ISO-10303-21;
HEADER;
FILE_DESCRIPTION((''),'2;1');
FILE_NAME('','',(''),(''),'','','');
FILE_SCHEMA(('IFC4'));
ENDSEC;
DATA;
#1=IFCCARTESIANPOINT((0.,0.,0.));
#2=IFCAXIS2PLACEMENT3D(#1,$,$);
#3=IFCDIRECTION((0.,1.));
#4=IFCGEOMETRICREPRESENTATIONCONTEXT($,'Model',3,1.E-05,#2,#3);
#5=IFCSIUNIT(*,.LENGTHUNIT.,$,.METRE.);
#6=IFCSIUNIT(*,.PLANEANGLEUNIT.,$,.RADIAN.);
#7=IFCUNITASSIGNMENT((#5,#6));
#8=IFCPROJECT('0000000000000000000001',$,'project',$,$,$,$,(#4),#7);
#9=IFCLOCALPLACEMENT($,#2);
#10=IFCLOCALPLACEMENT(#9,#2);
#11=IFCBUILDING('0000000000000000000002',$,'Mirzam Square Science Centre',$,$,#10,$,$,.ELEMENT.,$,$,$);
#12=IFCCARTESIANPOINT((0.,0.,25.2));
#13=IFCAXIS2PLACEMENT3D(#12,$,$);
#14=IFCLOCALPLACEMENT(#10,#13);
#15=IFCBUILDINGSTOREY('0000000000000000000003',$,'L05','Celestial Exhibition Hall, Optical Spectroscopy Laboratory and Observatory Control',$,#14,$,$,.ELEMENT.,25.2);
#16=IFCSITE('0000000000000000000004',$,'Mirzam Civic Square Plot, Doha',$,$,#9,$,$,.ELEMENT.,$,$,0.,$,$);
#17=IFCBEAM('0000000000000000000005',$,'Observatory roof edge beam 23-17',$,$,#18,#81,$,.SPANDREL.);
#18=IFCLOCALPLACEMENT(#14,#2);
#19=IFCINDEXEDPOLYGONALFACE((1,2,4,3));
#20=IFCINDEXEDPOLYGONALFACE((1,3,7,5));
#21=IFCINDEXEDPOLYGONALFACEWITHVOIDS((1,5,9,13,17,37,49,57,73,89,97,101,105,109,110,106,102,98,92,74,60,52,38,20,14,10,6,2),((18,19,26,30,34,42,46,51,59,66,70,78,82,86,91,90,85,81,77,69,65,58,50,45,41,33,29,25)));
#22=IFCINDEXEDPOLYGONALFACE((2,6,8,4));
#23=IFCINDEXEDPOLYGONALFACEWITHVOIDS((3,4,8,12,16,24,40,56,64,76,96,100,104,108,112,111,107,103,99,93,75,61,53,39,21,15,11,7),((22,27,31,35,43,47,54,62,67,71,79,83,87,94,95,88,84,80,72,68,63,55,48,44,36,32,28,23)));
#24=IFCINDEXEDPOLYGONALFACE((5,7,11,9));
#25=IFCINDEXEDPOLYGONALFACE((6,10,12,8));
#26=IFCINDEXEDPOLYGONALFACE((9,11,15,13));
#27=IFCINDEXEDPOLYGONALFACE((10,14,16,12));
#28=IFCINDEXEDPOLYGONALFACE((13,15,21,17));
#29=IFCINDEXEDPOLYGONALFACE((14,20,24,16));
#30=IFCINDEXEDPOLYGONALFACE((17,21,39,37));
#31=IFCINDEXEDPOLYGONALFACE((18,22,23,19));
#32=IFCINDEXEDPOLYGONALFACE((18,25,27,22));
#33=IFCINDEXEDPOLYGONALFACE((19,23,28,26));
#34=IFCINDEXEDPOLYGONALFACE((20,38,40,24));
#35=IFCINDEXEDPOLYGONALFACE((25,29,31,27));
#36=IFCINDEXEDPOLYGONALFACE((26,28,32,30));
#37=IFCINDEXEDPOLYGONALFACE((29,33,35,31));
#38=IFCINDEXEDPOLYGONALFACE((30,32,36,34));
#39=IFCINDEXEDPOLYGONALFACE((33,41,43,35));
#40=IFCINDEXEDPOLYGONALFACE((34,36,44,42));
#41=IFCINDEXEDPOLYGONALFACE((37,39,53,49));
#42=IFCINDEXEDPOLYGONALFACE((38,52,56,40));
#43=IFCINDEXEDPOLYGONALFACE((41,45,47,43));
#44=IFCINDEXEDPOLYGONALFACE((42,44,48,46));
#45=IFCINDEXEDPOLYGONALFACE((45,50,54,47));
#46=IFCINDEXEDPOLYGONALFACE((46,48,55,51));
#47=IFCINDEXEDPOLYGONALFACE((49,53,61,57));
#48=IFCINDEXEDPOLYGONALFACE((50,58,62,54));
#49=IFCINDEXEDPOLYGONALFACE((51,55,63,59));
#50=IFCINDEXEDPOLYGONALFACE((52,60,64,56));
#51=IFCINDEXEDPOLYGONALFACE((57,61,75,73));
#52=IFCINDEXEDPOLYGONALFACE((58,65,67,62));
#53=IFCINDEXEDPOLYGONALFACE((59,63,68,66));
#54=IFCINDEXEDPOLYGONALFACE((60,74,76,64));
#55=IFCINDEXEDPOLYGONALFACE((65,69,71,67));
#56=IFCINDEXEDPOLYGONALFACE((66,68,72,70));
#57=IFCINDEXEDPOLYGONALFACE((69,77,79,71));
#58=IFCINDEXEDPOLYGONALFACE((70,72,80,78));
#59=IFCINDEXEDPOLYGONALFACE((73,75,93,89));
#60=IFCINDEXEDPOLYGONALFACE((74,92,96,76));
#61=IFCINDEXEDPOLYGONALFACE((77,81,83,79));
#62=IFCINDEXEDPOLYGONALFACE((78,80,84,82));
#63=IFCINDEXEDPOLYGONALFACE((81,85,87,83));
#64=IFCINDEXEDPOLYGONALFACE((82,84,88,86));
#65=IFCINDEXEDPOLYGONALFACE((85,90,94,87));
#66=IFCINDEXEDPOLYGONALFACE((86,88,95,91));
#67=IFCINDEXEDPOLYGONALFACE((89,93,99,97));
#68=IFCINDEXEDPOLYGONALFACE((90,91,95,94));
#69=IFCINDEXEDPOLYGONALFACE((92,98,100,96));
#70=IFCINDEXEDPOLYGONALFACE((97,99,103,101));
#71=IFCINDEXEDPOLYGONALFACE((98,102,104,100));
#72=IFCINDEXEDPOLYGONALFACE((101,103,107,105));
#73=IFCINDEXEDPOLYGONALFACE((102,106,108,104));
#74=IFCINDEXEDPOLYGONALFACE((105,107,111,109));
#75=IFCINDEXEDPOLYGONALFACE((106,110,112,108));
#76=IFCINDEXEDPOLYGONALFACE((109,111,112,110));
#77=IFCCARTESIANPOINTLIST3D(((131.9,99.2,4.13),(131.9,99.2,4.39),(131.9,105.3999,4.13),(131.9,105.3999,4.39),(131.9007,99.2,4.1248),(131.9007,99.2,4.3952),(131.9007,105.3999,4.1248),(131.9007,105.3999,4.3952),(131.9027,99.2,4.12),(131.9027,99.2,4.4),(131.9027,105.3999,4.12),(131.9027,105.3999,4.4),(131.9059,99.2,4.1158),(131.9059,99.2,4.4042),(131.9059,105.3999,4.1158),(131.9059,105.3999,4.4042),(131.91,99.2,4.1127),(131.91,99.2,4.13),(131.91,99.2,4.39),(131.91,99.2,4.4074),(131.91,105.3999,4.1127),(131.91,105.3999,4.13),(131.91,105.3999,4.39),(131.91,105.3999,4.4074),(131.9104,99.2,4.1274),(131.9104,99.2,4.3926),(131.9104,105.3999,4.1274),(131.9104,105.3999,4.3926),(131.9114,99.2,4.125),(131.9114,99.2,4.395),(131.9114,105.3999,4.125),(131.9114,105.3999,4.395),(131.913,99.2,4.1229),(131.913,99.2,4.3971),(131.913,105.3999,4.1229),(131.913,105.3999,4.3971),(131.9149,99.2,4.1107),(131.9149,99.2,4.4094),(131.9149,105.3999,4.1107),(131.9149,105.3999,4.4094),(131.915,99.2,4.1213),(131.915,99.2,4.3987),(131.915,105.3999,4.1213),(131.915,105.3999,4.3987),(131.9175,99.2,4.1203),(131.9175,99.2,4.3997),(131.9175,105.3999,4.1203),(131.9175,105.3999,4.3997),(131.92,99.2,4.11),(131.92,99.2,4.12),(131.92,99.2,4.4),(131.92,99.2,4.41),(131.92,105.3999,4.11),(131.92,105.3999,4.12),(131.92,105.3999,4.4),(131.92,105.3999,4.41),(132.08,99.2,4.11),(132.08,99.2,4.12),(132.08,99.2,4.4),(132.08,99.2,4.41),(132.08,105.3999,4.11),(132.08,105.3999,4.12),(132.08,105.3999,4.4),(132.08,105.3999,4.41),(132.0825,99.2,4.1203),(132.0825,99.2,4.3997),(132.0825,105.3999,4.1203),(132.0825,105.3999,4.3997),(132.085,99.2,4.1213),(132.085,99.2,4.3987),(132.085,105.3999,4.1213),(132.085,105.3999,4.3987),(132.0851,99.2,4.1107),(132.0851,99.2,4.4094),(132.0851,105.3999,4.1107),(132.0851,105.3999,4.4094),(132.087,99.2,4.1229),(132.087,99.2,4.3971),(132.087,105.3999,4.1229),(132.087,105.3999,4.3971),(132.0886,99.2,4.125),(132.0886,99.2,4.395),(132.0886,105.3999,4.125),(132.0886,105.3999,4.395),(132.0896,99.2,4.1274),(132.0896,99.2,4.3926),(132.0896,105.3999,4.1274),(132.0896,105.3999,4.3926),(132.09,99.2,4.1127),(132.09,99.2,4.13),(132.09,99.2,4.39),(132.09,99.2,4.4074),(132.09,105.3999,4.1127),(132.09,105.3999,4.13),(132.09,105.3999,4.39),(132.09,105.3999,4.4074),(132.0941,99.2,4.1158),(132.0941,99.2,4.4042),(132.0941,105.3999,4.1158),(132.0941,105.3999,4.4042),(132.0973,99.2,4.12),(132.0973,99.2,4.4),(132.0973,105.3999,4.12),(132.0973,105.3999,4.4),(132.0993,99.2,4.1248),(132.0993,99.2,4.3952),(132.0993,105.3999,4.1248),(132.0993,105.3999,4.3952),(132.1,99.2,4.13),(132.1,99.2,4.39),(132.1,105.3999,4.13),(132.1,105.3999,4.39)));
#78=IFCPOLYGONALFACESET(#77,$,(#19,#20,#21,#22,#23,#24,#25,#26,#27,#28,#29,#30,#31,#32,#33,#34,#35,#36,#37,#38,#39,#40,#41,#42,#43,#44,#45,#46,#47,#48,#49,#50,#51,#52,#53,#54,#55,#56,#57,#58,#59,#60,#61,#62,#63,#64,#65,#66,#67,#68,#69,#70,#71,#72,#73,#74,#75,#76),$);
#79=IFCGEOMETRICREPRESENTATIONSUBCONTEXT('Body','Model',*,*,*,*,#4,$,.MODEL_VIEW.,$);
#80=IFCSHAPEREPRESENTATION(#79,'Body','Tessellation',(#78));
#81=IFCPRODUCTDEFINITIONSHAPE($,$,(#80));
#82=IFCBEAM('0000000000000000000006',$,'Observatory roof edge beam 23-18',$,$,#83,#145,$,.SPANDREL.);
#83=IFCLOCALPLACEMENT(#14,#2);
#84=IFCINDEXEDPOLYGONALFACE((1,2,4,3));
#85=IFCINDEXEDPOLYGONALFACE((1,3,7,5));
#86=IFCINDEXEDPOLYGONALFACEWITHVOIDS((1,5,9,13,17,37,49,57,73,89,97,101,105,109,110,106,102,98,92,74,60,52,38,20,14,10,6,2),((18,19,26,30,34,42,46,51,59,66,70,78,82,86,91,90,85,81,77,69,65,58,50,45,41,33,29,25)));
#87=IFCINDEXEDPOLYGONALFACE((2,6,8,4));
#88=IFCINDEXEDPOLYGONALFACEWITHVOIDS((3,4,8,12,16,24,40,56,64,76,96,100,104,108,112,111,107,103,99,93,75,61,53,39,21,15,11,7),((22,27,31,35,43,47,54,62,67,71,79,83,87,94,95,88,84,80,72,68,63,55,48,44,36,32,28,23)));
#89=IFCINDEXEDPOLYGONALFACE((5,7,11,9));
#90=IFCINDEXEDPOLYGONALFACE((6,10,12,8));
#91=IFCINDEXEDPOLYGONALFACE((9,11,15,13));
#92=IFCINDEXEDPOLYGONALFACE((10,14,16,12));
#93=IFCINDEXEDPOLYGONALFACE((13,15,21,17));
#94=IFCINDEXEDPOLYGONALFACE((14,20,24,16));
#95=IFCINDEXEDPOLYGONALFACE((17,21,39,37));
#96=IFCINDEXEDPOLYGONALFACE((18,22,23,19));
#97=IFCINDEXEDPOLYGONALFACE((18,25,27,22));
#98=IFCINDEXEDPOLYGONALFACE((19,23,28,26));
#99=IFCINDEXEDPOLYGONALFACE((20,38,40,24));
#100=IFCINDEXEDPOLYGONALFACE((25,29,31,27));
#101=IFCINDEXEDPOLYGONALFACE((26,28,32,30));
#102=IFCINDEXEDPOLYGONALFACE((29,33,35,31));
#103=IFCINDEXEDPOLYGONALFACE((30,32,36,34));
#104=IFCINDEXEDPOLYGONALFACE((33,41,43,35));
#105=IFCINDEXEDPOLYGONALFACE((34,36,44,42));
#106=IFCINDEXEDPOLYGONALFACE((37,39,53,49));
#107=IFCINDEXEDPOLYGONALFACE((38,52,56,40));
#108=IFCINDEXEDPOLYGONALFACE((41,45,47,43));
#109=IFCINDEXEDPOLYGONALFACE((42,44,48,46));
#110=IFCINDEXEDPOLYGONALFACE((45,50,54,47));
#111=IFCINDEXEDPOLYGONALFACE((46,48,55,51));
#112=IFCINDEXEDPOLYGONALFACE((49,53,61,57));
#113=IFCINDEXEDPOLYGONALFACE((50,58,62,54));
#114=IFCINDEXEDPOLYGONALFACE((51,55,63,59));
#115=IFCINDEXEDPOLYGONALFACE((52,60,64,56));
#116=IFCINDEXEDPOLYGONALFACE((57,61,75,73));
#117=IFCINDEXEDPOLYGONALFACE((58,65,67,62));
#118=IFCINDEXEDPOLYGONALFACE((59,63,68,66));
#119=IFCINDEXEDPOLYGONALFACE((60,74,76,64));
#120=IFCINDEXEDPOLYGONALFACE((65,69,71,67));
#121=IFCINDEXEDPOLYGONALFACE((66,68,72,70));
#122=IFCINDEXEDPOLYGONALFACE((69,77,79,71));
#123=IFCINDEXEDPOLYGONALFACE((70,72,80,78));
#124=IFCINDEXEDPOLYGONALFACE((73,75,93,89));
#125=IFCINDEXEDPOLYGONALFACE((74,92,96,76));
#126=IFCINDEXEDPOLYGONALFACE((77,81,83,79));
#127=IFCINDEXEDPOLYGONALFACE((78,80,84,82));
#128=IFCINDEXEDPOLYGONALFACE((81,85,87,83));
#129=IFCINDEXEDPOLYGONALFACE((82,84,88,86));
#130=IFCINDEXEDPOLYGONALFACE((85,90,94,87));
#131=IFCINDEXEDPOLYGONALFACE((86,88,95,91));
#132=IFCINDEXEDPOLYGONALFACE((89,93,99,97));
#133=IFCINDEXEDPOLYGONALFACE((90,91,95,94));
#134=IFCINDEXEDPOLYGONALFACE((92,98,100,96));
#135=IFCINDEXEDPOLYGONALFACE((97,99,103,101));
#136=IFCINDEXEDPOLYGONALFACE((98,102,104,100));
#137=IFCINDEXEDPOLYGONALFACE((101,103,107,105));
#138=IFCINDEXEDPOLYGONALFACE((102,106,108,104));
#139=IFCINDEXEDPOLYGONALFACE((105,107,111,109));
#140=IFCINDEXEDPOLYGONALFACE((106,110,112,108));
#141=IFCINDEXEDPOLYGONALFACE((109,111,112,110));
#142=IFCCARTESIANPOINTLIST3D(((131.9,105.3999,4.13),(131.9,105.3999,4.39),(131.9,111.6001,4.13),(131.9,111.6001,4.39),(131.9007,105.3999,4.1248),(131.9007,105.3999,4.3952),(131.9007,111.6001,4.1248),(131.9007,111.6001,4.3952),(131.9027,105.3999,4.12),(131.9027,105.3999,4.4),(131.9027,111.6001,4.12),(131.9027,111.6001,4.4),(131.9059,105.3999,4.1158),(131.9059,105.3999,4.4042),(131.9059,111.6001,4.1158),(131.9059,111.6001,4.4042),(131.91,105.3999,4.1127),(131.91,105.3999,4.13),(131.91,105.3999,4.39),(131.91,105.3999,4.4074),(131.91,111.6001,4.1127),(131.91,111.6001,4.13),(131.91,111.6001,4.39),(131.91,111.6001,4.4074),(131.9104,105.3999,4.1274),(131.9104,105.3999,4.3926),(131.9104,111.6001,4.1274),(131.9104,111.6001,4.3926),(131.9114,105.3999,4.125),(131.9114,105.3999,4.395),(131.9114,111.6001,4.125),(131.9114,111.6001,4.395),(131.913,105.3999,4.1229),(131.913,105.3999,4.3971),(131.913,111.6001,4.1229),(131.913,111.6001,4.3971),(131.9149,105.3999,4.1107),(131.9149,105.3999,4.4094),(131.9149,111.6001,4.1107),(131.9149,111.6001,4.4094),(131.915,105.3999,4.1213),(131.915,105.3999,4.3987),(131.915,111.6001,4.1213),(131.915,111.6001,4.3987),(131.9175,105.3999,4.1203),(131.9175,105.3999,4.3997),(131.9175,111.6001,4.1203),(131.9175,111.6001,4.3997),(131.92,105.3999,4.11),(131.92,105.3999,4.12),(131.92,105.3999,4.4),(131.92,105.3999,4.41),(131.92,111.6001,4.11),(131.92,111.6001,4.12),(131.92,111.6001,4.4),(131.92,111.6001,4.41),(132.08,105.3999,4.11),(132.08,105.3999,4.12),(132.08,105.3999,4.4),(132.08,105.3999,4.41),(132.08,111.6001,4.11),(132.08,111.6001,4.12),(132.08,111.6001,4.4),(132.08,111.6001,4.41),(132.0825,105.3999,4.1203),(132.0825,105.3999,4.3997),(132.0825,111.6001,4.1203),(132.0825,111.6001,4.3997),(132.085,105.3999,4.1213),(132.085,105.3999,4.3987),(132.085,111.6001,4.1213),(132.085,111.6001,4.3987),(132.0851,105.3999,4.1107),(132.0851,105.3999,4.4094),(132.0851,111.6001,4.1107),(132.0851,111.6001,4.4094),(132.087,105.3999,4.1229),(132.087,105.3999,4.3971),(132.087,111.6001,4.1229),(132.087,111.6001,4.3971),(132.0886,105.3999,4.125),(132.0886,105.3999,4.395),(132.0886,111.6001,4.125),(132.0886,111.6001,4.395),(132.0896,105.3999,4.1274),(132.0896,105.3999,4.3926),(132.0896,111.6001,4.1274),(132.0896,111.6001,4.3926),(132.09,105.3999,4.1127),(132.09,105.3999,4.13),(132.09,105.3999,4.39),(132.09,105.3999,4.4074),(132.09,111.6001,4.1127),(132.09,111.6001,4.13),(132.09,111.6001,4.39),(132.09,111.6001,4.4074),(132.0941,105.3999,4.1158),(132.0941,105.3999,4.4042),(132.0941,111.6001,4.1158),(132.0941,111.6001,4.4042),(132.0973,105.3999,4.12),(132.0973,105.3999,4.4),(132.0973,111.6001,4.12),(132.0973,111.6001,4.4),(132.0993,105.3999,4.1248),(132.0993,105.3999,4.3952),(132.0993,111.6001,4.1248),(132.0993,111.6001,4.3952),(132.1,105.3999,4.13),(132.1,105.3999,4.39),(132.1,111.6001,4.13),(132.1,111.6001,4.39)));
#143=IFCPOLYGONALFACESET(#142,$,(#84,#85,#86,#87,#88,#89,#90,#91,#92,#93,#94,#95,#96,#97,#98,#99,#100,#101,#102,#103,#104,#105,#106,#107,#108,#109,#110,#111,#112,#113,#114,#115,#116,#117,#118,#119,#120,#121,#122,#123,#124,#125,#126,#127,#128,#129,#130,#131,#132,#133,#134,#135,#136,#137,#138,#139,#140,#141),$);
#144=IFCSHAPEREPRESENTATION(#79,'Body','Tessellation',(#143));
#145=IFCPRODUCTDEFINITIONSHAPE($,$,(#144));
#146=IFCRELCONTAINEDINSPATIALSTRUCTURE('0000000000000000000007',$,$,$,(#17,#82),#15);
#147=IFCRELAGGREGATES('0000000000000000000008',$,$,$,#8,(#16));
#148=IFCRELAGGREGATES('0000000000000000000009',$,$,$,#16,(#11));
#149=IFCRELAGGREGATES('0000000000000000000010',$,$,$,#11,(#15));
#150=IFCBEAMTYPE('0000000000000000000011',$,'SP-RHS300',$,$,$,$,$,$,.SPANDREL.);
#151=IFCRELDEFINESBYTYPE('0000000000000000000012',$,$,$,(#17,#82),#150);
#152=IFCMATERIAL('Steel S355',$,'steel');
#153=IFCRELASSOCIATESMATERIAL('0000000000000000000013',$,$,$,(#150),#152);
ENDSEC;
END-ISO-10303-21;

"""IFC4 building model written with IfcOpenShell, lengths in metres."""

from ifc_helpers import new_model, si_unit, direction, frame, origin, origin_2d, place, context, subcontext, project, spatial, hollow_rectangle, extrude, material, material_profile, profile_set, type_object, element, save


model = new_model("IFC4")

# Units and contexts
model_context = context("Model", 3, precision=1e-05, world=origin(), true_north=direction((0.0, 1.0)))
body_context = subcontext(model_context, "Body", "Model", "MODEL_VIEW")
ifc_project = project(units=[si_unit("LENGTHUNIT", "METRE"), si_unit("PLANEANGLEUNIT", "RADIAN")], contexts=[model_context])

# Site, building, storey
site_placement = place(None, origin())
site = spatial("IfcSite", under=ifc_project, at=site_placement, Name="Mirzam Civic Square Plot, Doha", CompositionType="ELEMENT", RefElevation=0.0)
building_placement = place(site_placement, origin())
building = spatial("IfcBuilding", under=site, at=building_placement, Name="Mirzam Square Science Centre", CompositionType="ELEMENT")
storey_placement = place(building_placement, frame((0.0, 0.0, 25.2)))
storey = spatial("IfcBuildingStorey", under=building, at=storey_placement, Name="L05", Description="Celestial Exhibition Hall, Optical Spectroscopy Laboratory and Observatory Control", CompositionType="ELEMENT", Elevation=25.2)

# Shared definitions
ifc_material_1 = material(Name="Steel S355", Category="steel")

# Beams
ifc_material_profile_1 = material_profile(ifc_material_1, hollow_rectangle(XDim=0.2, YDim=0.3, WallThickness=0.01, InnerFilletRadius=0.01, OuterFilletRadius=0.02, at=origin_2d()), Name="300x200x10.0RHS")
ifc_profile_set_1 = profile_set([ifc_material_profile_1], Name="Steel S355")
beam_type_1 = type_object("IfcBeamType", Name="SP-RHS300", PredefinedType="SPANDREL", material=ifc_profile_set_1)
beam_1_placement = place(storey_placement, frame((132.0, 99.2, 4.26), z_axis=(0.0, 1.0, 0.0), x_axis=(-1.0, 0.0, 0.0)))
element("IfcBeam", 1, at=beam_1_placement, inside=storey, type_object=beam_type_1, Name="Observatory roof edge beam 23-17", PredefinedType="SPANDREL", context=body_context, shape_type="SweptSolid", body=[
    extrude(hollow_rectangle(XDim=0.2, YDim=0.3, WallThickness=0.01, InnerFilletRadius=0.01, OuterFilletRadius=0.02, at=origin_2d()), origin(), (0.0, 0.0, 1.0), 6.2),
])
beam_2_placement = place(storey_placement, frame((132.0, 105.3999, 4.26), z_axis=(0.0, 1.0, 0.0), x_axis=(-1.0, 0.0, 0.0)))
element("IfcBeam", 2, at=beam_2_placement, inside=storey, type_object=beam_type_1, Name="Observatory roof edge beam 23-18", PredefinedType="SPANDREL", context=body_context, shape_type="SweptSolid", body=[
    extrude(hollow_rectangle(XDim=0.2, YDim=0.3, WallThickness=0.01, InnerFilletRadius=0.01, OuterFilletRadius=0.02, at=origin_2d()), origin(), (0.0, 0.0, 1.0), 6.2002),
])

save(model, "model.ifc")
